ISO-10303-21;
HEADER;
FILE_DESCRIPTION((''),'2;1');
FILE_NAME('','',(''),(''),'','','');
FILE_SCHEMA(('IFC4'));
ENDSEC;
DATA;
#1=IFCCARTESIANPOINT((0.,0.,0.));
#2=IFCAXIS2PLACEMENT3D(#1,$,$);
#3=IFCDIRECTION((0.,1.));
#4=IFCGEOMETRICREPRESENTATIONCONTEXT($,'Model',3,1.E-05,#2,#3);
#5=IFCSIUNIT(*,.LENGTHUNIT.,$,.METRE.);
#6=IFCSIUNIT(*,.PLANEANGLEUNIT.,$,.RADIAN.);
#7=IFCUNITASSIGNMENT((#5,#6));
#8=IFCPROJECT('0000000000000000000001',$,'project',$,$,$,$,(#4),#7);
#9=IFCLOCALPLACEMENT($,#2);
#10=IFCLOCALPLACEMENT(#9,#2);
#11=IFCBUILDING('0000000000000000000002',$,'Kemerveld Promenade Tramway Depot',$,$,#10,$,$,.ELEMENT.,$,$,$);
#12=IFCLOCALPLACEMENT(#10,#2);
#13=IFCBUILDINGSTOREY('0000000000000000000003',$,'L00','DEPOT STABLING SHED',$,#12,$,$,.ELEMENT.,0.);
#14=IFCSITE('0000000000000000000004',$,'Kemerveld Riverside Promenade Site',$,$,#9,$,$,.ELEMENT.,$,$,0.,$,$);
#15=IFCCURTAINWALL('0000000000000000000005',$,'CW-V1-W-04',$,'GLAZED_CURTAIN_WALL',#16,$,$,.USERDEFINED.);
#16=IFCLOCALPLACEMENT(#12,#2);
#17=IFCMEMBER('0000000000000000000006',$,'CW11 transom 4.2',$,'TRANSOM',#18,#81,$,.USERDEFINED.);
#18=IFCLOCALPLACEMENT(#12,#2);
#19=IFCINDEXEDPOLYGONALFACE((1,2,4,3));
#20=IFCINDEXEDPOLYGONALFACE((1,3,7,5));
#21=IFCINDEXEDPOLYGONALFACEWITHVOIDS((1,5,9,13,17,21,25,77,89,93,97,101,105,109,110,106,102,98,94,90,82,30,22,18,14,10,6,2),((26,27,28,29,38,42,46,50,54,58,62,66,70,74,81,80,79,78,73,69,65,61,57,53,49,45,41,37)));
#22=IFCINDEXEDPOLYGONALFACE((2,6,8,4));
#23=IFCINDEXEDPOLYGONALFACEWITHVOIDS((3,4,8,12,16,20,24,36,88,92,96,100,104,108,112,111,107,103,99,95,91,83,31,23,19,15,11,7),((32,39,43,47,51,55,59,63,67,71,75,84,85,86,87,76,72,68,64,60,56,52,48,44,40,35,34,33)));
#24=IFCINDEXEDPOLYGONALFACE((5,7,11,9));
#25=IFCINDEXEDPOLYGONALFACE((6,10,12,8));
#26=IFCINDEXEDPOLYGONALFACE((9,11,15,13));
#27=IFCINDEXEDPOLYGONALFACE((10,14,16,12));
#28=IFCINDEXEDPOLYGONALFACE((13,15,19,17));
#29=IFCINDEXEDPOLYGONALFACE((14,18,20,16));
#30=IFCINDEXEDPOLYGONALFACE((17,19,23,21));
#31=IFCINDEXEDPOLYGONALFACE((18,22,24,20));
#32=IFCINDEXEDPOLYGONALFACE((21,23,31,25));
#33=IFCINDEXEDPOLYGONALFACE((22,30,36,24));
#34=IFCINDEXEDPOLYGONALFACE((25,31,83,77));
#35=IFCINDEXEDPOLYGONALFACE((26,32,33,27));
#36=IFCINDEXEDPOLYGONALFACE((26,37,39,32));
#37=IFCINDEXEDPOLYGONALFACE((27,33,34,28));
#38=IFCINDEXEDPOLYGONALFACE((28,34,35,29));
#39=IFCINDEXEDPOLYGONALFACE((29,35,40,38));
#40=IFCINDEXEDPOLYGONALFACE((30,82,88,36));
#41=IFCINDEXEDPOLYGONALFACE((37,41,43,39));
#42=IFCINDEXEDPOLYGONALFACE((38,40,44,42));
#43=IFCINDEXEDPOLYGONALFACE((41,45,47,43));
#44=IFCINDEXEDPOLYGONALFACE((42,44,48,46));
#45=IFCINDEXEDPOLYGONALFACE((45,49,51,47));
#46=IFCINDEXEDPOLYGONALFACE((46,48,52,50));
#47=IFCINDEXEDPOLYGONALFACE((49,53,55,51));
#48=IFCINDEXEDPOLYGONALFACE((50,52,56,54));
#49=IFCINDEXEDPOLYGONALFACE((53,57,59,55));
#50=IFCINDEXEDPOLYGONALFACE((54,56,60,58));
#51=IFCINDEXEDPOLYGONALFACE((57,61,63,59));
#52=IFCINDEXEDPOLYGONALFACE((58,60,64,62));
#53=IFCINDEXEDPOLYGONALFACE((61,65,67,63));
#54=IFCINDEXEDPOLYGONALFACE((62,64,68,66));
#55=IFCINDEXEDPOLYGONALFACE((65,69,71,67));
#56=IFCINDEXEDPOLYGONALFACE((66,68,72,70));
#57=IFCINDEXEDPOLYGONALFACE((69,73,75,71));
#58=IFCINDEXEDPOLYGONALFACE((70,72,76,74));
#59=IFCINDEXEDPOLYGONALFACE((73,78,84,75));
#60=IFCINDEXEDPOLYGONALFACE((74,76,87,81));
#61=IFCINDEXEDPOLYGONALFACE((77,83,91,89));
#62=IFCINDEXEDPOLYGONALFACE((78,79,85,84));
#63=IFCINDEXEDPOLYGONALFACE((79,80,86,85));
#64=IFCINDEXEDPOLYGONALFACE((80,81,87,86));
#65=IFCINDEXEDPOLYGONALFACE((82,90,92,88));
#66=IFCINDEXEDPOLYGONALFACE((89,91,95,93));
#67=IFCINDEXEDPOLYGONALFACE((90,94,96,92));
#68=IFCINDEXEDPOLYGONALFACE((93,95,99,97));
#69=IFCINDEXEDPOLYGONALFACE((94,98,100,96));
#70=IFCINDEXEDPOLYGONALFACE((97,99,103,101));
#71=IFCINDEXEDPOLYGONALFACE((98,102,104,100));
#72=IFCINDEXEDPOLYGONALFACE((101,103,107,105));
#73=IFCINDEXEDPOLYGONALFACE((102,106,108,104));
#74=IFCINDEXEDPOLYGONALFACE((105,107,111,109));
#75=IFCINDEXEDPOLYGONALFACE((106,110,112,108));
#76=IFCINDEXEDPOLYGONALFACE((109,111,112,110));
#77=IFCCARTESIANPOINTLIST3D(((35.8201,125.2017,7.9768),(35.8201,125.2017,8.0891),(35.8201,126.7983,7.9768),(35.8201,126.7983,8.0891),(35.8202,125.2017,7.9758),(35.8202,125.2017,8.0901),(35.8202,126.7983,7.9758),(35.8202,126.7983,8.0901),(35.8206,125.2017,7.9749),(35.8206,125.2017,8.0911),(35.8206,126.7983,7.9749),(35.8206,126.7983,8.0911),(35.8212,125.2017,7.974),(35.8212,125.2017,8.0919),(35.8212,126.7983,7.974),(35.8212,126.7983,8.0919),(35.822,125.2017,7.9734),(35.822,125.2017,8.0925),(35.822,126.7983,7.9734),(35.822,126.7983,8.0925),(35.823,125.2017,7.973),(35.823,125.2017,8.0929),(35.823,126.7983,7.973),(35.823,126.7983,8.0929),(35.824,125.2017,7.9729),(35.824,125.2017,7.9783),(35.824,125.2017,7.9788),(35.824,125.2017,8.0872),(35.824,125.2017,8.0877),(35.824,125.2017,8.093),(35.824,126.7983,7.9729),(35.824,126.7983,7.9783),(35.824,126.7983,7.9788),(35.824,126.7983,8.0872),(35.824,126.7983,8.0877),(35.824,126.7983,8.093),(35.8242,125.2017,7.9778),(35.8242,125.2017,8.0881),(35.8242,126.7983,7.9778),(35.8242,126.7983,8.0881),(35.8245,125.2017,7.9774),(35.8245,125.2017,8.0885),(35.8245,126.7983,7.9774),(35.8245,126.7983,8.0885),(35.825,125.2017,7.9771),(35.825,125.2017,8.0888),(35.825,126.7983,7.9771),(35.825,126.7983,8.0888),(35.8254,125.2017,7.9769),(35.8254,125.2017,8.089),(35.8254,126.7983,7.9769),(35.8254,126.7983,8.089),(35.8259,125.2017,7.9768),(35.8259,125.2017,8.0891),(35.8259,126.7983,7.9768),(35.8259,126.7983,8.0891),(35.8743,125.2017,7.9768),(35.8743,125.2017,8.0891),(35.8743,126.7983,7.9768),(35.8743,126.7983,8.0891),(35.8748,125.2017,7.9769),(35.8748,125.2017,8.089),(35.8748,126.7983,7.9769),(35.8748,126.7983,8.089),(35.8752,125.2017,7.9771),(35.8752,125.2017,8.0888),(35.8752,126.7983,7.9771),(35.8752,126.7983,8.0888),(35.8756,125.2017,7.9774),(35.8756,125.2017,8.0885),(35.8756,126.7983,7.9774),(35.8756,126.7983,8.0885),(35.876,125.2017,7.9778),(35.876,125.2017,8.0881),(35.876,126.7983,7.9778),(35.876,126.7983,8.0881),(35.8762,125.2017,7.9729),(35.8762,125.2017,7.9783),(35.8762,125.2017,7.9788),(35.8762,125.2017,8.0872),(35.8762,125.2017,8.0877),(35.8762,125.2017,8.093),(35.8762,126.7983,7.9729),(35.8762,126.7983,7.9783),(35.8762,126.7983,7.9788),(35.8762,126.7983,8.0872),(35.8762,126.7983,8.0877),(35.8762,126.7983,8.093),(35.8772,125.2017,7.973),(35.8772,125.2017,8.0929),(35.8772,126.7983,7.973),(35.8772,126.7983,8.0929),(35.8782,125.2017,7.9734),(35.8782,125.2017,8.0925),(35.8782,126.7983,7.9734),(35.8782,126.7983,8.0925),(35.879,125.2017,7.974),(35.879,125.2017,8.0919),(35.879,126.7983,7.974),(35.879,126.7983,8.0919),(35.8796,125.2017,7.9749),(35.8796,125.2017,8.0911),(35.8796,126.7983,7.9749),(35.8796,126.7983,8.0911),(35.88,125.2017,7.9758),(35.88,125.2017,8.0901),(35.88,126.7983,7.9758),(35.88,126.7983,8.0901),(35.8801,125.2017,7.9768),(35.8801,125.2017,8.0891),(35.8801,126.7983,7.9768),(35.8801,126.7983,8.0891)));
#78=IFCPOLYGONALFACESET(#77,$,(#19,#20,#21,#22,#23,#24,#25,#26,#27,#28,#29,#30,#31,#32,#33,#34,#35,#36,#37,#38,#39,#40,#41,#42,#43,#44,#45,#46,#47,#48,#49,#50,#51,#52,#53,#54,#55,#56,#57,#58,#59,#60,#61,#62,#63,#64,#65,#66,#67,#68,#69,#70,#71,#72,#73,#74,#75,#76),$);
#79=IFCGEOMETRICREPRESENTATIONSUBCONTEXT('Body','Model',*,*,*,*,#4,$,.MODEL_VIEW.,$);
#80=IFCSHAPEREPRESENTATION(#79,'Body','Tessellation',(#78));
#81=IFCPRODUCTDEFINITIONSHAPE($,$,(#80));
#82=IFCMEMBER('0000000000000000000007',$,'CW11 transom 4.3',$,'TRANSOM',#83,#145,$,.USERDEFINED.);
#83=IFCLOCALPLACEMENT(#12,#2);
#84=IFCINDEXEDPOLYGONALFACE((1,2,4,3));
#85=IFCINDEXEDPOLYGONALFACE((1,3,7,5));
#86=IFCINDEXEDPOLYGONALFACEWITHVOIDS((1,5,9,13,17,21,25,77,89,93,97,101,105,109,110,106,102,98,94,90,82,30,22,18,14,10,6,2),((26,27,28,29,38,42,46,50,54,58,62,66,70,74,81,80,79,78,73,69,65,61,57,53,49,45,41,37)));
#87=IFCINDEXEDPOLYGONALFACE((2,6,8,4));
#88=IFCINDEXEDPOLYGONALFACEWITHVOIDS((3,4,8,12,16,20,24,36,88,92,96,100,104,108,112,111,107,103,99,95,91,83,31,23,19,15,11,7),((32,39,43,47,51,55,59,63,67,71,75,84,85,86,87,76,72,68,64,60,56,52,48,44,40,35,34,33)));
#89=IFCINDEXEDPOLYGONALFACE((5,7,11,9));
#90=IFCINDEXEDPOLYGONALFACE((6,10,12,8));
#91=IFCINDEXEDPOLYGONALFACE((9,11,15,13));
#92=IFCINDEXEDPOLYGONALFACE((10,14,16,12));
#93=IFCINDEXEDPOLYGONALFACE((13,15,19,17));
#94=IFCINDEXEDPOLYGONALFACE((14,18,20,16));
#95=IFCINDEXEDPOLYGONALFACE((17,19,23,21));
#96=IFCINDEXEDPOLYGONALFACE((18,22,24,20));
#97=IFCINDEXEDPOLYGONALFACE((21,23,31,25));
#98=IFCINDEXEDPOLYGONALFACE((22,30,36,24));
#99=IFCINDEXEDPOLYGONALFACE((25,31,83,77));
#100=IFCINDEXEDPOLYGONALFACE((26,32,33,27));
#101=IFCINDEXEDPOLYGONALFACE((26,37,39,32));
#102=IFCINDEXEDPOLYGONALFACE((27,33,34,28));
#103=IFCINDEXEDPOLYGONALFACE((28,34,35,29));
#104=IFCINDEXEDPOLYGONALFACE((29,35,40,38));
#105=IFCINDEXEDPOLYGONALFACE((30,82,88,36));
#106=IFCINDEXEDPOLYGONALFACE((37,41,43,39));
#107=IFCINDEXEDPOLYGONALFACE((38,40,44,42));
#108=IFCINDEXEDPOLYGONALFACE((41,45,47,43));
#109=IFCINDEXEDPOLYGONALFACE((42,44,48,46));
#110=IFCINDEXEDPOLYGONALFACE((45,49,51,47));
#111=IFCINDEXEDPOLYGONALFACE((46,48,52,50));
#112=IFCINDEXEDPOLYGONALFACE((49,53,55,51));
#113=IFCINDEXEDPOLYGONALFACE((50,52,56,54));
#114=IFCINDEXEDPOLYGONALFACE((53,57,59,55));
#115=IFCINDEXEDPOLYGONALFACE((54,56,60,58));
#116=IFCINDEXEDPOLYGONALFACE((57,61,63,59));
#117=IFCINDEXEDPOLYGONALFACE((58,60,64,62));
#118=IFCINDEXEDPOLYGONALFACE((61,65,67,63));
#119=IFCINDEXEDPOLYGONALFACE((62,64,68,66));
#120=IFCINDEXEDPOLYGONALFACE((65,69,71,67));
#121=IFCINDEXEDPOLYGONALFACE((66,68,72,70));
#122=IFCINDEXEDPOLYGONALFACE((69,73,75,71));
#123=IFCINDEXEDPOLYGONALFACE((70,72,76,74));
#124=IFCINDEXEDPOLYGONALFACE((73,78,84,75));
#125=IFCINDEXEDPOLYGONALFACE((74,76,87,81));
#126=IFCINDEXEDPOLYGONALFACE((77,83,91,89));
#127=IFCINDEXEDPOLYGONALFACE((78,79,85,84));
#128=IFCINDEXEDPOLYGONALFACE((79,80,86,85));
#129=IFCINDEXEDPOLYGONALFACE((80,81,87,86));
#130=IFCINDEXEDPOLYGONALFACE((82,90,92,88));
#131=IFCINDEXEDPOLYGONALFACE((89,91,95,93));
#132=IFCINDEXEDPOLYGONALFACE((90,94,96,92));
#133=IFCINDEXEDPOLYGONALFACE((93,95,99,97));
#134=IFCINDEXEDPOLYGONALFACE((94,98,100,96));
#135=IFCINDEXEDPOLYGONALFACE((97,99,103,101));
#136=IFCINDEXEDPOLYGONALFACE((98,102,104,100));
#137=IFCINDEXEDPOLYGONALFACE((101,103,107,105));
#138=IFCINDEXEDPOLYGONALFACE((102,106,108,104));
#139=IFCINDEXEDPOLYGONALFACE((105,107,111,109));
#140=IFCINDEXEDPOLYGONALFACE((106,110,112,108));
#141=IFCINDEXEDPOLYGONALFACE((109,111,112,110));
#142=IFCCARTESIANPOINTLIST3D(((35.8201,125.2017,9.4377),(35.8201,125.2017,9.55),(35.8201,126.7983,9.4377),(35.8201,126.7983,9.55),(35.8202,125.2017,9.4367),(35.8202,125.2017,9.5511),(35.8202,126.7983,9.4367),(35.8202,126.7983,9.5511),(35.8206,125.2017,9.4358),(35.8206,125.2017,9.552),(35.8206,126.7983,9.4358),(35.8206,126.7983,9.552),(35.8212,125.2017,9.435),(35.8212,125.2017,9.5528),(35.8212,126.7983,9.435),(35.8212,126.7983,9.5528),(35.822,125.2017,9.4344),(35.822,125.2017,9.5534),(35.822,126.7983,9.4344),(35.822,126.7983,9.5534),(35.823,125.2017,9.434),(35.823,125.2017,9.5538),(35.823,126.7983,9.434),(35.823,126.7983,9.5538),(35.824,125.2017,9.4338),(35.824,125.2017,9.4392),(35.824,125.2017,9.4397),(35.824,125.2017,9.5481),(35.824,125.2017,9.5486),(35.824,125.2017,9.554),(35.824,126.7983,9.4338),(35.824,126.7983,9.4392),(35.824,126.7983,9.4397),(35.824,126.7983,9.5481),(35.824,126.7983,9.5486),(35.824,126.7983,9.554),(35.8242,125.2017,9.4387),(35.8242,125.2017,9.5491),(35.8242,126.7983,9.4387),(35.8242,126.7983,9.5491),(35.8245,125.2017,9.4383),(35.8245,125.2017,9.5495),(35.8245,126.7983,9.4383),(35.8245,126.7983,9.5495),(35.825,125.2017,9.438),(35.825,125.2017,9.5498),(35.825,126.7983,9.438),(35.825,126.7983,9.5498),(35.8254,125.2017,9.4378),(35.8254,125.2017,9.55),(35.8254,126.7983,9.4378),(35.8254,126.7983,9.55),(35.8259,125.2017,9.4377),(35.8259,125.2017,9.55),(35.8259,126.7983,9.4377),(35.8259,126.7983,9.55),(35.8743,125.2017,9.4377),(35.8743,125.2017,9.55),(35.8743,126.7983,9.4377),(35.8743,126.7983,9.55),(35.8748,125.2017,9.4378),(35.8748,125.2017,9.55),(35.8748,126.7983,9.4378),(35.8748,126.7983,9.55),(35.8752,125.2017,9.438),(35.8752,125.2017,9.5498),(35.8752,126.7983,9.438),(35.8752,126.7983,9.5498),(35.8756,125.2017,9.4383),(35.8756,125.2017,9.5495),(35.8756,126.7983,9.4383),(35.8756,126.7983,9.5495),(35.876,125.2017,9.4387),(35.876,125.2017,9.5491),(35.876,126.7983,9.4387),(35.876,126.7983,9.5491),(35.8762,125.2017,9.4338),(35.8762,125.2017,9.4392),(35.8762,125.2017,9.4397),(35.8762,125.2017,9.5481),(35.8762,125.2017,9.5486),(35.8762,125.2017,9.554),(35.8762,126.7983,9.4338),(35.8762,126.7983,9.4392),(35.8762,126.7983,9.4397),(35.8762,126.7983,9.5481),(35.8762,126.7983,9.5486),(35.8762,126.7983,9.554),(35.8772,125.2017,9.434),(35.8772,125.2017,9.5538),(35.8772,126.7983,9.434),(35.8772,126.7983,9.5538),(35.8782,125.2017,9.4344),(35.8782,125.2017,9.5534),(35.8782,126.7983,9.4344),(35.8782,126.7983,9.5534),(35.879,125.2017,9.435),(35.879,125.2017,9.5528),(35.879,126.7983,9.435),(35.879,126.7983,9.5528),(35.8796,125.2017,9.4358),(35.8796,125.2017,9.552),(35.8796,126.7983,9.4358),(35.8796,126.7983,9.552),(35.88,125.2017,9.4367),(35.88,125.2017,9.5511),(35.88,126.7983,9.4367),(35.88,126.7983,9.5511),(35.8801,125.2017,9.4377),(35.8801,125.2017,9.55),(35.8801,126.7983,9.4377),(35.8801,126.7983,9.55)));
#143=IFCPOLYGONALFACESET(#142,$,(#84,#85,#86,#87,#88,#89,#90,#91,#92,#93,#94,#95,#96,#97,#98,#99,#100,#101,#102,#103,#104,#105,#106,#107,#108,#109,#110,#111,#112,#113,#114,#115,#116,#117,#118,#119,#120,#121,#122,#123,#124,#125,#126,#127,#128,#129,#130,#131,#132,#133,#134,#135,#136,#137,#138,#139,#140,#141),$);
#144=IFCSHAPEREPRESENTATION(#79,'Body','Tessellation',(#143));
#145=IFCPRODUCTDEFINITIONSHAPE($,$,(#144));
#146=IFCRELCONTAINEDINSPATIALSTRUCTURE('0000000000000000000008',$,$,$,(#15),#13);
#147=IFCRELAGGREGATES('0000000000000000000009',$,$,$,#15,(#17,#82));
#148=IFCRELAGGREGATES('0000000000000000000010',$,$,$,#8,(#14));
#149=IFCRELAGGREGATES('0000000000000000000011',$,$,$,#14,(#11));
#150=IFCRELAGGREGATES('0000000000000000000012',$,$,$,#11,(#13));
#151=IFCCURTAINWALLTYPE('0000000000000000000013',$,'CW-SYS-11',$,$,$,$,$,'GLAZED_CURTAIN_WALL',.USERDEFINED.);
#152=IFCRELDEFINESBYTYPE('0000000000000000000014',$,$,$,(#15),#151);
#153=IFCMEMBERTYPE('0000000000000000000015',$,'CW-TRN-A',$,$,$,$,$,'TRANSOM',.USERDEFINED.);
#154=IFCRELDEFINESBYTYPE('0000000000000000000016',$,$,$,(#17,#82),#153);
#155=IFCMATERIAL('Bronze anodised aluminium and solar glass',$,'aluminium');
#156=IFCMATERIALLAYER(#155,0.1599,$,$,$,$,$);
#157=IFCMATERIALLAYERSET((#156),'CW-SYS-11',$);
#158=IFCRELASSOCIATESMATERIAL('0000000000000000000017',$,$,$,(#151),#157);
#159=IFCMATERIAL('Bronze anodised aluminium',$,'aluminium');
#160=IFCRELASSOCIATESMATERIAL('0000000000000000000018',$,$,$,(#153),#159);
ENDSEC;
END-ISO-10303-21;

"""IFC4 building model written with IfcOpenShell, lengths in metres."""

from ifc_helpers import new_model, si_unit, direction, frame, origin, origin_2d, place, context, subcontext, project, spatial, hollow_rectangle, extrude, material, layer, layer_set, material_profile, profile_set, type_object, element, aggregate, save


model = new_model("IFC4")

# Units and contexts
model_context = context("Model", 3, precision=1e-05, world=origin(), true_north=direction((0.0, 1.0)))
body_context = subcontext(model_context, "Body", "Model", "MODEL_VIEW")
ifc_project = project(units=[si_unit("LENGTHUNIT", "METRE"), si_unit("PLANEANGLEUNIT", "RADIAN")], contexts=[model_context])

# Site, building, storey
site_placement = place(None, origin())
site = spatial("IfcSite", under=ifc_project, at=site_placement, Name="Kemerveld Riverside Promenade Site", CompositionType="ELEMENT", RefElevation=0.0)
building_placement = place(site_placement, origin())
building = spatial("IfcBuilding", under=site, at=building_placement, Name="Kemerveld Promenade Tramway Depot", CompositionType="ELEMENT")
storey_placement = place(building_placement, origin())
storey = spatial("IfcBuildingStorey", under=building, at=storey_placement, Name="L00", Description="DEPOT STABLING SHED", CompositionType="ELEMENT", Elevation=0.0)

# Curtain wall, members
ifc_material_1 = material(Name="Bronze anodised aluminium and solar glass", Category="aluminium")
ifc_layer_1 = layer(ifc_material_1, 0.1599)
ifc_layer_set_1 = layer_set([ifc_layer_1], Name="CW-SYS-11")
curtain_wall_type_1 = type_object("IfcCurtainWallType", Name="CW-SYS-11", ElementType="GLAZED_CURTAIN_WALL", PredefinedType="USERDEFINED", material=ifc_layer_set_1)
curtain_wall_1_placement = place(storey_placement, origin())
curtain_wall_1 = element("IfcCurtainWall", 1, at=curtain_wall_1_placement, inside=storey, type_object=curtain_wall_type_1, Name="CW-V1-W-04", ObjectType="GLAZED_CURTAIN_WALL", PredefinedType="USERDEFINED")
ifc_material_2 = material(Name="Bronze anodised aluminium", Category="aluminium")
ifc_material_profile_1 = material_profile(ifc_material_2, hollow_rectangle(XDim=0.0601, YDim=0.1201, WallThickness=0.0039, InnerFilletRadius=0.002, OuterFilletRadius=0.0039, at=origin_2d()), Name="CW-TRN-120x60")
ifc_profile_set_1 = profile_set([ifc_material_profile_1], Name="Bronze anodised aluminium")
member_type_1 = type_object("IfcMemberType", Name="CW-TRN-A", ElementType="TRANSOM", PredefinedType="USERDEFINED", material=ifc_profile_set_1)
member_1_placement = place(storey_placement, frame((35.8501, 125.2017, 8.033), z_axis=(0.0, 1.0, 0.0), x_axis=(-1.0, 0.0, 0.0)))
member_1 = element("IfcMember", 2, at=member_1_placement, type_object=member_type_1, Name="CW11 transom 4.2", ObjectType="TRANSOM", PredefinedType="USERDEFINED", context=body_context, shape_type="SweptSolid", body=[
    extrude(hollow_rectangle(XDim=0.0601, YDim=0.1201, WallThickness=0.0039, InnerFilletRadius=0.002, OuterFilletRadius=0.0039, at=origin_2d()), origin(), (0.0, 0.0, 1.0), 1.5967),
])
member_2_placement = place(storey_placement, frame((35.8501, 125.2017, 9.4939), z_axis=(0.0, 1.0, 0.0), x_axis=(-1.0, 0.0, 0.0)))
member_2 = element("IfcMember", 3, at=member_2_placement, type_object=member_type_1, Name="CW11 transom 4.3", ObjectType="TRANSOM", PredefinedType="USERDEFINED", context=body_context, shape_type="SweptSolid", body=[
    extrude(hollow_rectangle(XDim=0.0601, YDim=0.1201, WallThickness=0.0039, InnerFilletRadius=0.002, OuterFilletRadius=0.0039, at=origin_2d()), origin(), (0.0, 0.0, 1.0), 1.5967),
])

aggregate(curtain_wall_1, [member_1, member_2])

save(model, "model.ifc")
